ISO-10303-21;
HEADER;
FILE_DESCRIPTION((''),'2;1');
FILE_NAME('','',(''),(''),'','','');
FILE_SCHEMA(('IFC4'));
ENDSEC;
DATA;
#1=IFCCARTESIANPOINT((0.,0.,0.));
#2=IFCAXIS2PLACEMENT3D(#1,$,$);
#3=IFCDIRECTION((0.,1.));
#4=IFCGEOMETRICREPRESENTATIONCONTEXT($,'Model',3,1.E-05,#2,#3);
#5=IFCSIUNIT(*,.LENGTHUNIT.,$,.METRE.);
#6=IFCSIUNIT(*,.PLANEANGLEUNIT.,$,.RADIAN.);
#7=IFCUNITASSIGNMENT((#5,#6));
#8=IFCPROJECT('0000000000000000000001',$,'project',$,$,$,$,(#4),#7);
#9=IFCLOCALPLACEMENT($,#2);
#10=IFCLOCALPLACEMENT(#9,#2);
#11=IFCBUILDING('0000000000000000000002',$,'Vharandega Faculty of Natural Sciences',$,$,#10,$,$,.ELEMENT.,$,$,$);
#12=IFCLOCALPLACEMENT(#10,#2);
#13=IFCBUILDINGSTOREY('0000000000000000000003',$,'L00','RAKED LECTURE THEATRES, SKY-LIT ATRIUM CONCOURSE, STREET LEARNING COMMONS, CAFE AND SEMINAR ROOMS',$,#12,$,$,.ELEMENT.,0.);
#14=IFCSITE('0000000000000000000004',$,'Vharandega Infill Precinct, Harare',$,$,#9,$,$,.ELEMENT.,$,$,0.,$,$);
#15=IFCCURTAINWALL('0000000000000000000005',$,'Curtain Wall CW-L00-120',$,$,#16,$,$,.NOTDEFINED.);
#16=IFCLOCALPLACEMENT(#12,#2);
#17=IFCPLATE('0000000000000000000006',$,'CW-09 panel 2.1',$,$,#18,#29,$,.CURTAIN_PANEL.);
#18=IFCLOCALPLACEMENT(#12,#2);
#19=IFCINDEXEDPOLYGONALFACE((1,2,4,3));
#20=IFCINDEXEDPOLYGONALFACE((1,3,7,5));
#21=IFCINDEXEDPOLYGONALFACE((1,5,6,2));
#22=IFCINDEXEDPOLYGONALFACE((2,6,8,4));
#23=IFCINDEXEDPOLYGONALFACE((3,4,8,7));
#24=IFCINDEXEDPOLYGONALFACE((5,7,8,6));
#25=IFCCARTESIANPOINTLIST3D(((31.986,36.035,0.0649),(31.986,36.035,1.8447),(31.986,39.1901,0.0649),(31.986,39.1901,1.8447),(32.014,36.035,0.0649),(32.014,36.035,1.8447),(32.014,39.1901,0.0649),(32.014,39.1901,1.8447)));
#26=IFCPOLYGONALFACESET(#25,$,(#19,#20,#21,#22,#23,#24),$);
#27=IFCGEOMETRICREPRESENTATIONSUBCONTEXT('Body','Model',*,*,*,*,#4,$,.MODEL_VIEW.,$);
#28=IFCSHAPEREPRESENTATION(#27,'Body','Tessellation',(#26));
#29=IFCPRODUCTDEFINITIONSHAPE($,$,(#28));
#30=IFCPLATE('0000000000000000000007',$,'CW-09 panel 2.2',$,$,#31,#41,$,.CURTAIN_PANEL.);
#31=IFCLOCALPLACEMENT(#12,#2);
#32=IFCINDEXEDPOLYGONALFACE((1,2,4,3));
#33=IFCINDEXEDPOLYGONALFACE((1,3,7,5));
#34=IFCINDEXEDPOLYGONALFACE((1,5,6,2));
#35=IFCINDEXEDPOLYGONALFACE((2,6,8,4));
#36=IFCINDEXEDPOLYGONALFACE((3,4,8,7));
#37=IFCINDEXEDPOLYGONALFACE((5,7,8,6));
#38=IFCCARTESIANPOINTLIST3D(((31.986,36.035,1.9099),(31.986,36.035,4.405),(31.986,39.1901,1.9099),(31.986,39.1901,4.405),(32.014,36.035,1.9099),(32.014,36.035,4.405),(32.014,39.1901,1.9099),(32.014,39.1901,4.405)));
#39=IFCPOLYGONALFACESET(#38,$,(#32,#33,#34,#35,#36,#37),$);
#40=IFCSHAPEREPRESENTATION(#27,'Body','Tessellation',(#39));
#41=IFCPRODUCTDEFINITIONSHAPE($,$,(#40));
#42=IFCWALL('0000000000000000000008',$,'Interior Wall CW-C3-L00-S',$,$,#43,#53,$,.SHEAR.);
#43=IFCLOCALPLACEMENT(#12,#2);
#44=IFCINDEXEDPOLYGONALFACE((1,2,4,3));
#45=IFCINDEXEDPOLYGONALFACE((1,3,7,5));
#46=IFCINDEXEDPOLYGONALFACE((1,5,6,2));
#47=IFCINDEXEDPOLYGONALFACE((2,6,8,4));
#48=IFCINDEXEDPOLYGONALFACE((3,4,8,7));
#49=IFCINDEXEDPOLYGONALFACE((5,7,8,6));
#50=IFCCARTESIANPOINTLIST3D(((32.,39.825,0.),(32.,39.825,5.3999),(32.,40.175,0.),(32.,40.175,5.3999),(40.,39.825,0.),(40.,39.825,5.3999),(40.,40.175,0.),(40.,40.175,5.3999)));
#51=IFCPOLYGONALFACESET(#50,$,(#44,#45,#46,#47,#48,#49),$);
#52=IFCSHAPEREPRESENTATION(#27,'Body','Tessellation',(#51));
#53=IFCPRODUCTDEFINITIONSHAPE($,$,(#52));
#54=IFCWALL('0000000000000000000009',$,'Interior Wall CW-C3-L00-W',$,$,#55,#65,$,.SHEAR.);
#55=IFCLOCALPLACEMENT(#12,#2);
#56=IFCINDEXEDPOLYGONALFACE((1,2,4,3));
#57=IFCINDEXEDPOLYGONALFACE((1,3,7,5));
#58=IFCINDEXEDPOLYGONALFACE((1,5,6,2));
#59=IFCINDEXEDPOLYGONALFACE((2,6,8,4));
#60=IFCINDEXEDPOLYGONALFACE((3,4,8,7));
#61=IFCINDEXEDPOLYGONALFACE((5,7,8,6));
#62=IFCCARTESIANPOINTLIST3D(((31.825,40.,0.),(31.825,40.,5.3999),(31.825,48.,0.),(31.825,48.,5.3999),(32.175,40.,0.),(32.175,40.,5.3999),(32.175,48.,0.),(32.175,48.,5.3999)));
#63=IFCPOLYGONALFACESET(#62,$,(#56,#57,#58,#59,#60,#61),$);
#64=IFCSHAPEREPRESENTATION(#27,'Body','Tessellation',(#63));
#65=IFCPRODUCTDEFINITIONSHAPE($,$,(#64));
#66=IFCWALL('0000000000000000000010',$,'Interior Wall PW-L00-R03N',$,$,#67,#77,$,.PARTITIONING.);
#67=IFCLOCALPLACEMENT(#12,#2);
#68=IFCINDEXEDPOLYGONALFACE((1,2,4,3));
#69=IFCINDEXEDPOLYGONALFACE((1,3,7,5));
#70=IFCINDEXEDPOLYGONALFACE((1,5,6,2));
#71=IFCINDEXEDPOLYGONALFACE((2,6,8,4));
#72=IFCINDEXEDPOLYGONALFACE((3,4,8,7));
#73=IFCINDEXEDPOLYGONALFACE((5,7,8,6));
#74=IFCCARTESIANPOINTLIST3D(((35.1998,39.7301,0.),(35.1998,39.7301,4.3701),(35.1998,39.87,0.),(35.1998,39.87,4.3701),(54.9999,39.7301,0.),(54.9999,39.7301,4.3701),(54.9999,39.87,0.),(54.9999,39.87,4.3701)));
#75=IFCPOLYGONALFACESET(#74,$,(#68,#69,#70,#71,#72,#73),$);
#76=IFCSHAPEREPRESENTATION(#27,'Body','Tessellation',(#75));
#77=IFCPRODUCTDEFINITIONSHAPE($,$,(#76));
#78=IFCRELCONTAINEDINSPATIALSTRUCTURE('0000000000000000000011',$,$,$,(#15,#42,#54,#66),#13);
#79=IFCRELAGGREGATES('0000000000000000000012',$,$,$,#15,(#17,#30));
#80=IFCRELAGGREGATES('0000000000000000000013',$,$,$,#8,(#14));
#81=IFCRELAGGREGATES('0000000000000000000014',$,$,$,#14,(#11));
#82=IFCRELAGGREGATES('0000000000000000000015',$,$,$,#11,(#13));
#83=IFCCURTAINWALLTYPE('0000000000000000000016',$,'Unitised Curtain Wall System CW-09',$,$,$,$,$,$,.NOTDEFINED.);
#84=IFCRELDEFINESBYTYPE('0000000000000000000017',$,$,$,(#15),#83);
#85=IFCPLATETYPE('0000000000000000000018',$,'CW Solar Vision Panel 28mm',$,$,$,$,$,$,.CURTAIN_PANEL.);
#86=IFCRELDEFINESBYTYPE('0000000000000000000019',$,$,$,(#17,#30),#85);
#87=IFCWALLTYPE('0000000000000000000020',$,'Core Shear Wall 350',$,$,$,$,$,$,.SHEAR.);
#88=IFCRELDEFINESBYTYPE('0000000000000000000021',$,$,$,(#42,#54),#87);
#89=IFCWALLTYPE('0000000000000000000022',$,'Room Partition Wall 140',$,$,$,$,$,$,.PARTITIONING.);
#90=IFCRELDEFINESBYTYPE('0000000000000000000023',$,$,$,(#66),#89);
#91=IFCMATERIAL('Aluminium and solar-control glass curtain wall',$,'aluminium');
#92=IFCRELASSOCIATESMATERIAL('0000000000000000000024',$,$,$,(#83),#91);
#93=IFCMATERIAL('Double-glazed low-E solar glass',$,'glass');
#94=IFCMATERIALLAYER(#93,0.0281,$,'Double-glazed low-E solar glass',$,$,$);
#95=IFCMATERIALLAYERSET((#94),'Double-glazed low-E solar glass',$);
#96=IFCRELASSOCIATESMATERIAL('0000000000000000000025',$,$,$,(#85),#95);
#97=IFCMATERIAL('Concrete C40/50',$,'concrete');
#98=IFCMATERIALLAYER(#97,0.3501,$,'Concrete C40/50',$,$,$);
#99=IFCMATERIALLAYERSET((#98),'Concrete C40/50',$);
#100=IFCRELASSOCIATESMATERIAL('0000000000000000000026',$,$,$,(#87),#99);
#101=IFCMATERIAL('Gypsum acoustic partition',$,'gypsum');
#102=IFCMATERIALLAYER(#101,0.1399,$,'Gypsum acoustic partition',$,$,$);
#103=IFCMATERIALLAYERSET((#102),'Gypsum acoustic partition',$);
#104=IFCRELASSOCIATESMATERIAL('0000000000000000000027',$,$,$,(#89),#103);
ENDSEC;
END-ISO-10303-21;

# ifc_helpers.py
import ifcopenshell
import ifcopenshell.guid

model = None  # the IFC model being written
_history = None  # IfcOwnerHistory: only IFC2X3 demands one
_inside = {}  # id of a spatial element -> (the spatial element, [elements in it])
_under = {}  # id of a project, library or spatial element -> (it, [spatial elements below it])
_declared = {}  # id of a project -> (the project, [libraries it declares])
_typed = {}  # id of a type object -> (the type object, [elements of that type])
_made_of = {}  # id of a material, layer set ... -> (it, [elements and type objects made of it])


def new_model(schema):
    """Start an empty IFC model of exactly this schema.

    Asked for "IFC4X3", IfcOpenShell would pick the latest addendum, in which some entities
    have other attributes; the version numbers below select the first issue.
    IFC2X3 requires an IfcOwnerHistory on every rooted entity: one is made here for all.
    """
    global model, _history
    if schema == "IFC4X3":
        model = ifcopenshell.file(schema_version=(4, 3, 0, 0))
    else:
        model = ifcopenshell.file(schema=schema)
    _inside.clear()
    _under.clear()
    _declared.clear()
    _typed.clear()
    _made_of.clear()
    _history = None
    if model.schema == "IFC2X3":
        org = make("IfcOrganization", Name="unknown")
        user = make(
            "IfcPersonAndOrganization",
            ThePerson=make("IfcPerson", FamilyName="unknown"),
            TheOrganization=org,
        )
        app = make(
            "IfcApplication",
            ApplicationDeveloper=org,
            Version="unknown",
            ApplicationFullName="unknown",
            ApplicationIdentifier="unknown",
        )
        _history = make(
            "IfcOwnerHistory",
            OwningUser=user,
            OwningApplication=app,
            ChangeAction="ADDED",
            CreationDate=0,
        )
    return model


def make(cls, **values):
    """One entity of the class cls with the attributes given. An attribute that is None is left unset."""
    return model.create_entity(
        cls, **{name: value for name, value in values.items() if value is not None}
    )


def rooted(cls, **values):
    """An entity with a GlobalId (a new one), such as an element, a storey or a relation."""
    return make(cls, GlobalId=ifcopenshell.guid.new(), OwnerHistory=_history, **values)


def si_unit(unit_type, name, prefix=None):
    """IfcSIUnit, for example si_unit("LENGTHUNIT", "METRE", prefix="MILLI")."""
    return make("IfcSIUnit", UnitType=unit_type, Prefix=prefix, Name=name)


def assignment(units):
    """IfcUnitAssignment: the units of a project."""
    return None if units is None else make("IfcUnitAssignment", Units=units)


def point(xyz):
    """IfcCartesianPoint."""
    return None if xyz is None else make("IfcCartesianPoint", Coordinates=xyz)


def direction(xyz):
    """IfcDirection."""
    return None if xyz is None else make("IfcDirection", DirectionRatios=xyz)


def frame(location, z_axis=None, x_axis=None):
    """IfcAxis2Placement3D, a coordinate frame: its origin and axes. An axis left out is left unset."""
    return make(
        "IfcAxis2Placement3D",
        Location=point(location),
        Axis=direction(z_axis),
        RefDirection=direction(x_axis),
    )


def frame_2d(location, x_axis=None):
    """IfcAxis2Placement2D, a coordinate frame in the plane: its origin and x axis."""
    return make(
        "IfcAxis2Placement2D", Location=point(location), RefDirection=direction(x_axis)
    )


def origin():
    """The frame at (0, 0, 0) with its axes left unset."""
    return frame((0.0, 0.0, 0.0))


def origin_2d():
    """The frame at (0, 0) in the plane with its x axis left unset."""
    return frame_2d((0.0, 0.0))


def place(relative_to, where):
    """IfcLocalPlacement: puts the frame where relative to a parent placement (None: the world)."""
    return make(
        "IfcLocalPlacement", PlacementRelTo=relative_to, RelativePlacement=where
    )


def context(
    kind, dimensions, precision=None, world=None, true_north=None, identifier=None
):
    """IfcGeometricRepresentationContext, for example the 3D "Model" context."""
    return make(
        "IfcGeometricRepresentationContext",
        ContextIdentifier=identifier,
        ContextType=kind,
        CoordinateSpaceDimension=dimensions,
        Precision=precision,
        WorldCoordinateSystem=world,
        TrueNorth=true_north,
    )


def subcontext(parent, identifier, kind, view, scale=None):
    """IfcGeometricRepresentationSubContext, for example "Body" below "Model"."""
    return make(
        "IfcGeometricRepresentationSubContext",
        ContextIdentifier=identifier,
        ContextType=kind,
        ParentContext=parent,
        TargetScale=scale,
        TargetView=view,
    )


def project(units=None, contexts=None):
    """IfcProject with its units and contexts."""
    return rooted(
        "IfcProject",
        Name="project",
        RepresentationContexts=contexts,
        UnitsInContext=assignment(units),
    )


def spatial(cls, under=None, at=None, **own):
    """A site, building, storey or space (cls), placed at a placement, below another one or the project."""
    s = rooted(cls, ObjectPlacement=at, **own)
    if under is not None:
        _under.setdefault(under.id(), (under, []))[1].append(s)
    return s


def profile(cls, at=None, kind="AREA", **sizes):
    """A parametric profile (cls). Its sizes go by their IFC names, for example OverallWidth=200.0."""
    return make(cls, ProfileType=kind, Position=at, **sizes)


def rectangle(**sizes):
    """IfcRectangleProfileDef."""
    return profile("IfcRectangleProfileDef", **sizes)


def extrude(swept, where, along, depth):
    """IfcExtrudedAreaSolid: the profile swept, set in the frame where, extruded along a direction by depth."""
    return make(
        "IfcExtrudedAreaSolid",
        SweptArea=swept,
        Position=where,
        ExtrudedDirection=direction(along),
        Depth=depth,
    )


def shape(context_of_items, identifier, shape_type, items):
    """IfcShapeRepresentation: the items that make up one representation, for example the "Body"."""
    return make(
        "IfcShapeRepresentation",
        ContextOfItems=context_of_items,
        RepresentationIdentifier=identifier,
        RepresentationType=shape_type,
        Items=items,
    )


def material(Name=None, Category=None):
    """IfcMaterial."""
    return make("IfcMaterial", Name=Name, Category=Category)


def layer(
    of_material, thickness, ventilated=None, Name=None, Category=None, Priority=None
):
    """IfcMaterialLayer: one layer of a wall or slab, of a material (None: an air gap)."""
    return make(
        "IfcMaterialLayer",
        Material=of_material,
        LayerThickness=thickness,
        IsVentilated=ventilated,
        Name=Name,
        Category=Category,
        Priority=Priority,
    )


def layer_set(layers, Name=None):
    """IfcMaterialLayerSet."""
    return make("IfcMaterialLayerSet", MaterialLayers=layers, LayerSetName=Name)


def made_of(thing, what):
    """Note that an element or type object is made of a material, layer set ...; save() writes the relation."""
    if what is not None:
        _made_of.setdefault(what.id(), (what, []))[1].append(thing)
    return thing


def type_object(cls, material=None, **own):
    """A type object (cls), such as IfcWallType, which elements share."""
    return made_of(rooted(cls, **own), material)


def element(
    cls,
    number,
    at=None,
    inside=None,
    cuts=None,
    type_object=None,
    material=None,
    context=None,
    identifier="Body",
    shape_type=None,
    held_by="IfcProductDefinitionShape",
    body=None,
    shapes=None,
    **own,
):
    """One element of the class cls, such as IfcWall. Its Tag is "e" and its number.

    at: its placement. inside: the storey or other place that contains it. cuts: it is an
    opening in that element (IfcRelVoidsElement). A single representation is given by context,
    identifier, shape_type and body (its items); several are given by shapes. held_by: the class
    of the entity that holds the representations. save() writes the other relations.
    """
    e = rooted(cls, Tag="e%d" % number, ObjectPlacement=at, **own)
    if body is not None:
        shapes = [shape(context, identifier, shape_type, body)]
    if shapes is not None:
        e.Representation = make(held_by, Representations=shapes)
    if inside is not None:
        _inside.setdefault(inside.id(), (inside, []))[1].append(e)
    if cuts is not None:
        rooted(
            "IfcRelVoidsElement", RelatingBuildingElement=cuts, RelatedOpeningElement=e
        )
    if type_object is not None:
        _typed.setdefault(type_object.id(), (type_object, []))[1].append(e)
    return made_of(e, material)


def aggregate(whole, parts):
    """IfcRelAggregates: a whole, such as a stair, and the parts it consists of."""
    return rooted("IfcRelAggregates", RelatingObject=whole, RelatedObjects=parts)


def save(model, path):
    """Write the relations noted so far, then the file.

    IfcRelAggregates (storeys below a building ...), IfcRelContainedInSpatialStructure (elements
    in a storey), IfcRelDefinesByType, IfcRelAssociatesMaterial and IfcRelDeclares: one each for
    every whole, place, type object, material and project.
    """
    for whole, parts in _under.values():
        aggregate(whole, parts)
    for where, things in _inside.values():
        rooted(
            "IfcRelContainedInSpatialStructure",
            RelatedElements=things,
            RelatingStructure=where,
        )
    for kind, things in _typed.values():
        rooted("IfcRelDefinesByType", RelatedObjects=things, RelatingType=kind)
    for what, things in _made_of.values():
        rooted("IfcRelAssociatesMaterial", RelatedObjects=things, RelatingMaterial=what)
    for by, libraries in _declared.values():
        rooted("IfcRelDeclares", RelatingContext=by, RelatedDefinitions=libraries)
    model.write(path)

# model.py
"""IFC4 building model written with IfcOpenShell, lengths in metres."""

from ifc_helpers import new_model, si_unit, direction, frame, frame_2d, origin, origin_2d, place, context, subcontext, project, spatial, rectangle, extrude, material, layer, layer_set, type_object, element, aggregate, save


model = new_model("IFC4")

# Units and contexts
model_context = context("Model", 3, precision=1e-05, world=origin(), true_north=direction((0.0, 1.0)))
body_context = subcontext(model_context, "Body", "Model", "MODEL_VIEW")
ifc_project = project(units=[si_unit("LENGTHUNIT", "METRE"), si_unit("PLANEANGLEUNIT", "RADIAN")], contexts=[model_context])

# Site, building, storey
site_placement = place(None, origin())
site = spatial("IfcSite", under=ifc_project, at=site_placement, Name="Vharandega Infill Precinct, Harare", CompositionType="ELEMENT", RefElevation=0.0)
building_placement = place(site_placement, origin())
building = spatial("IfcBuilding", under=site, at=building_placement, Name="Vharandega Faculty of Natural Sciences", CompositionType="ELEMENT")
storey_placement = place(building_placement, origin())
storey = spatial("IfcBuildingStorey", under=building, at=storey_placement, Name="L00", Description="RAKED LECTURE THEATRES, SKY-LIT ATRIUM CONCOURSE, STREET LEARNING COMMONS, CAFE AND SEMINAR ROOMS", CompositionType="ELEMENT", Elevation=0.0)

# Curtain wall
ifc_material_1 = material(Name="Aluminium and solar-control glass curtain wall", Category="aluminium")
curtain_wall_type = type_object("IfcCurtainWallType", Name="Unitised Curtain Wall System CW-09", PredefinedType="NOTDEFINED", material=ifc_material_1)
curtain_wall_placement = place(storey_placement, origin())
curtain_wall = element("IfcCurtainWall", 1, at=curtain_wall_placement, inside=storey, type_object=curtain_wall_type, Name="Curtain Wall CW-L00-120", PredefinedType="NOTDEFINED")

# Plates
ifc_material_2 = material(Name="Double-glazed low-E solar glass", Category="glass")
ifc_layer_1 = layer(ifc_material_2, 0.0281, Name="Double-glazed low-E solar glass")
ifc_layer_set_1 = layer_set([ifc_layer_1], Name="Double-glazed low-E solar glass")
plate_type = type_object("IfcPlateType", Name="CW Solar Vision Panel 28mm", PredefinedType="CURTAIN_PANEL", material=ifc_layer_set_1)
plate_1_placement = place(storey_placement, frame((32.0, 37.6125, 0.0649), z_axis=(0.0, 0.0, 1.0), x_axis=(0.0, 1.0, 0.0)))
plate_1 = element("IfcPlate", 2, at=plate_1_placement, type_object=plate_type, Name="CW-09 panel 2.1", PredefinedType="CURTAIN_PANEL", context=body_context, shape_type="SweptSolid", body=[
    extrude(rectangle(XDim=3.155, YDim=0.0281, at=origin_2d()), origin(), (0.0, 0.0, 1.0), 1.7798),
])
plate_2_placement = place(storey_placement, frame((32.0, 37.6125, 1.9099), z_axis=(0.0, 0.0, 1.0), x_axis=(0.0, 1.0, 0.0)))
plate_2 = element("IfcPlate", 3, at=plate_2_placement, type_object=plate_type, Name="CW-09 panel 2.2", PredefinedType="CURTAIN_PANEL", context=body_context, shape_type="SweptSolid", body=[
    extrude(rectangle(XDim=3.155, YDim=0.0281, at=origin_2d()), origin(), (0.0, 0.0, 1.0), 2.4951),
])
aggregate(curtain_wall, [plate_1, plate_2])

# Walls
ifc_material_3 = material(Name="Concrete C40/50", Category="concrete")
ifc_layer_2 = layer(ifc_material_3, 0.3501, Name="Concrete C40/50")
ifc_layer_set_2 = layer_set([ifc_layer_2], Name="Concrete C40/50")
wall_type_1 = type_object("IfcWallType", Name="Core Shear Wall 350", PredefinedType="SHEAR", material=ifc_layer_set_2)
for number, where, z_axis, x_axis, name in (
    (4, (32.0, 40.0, 0.0), (0.0, 0.0, 1.0), (1.0, 0.0, 0.0), "Interior Wall CW-C3-L00-S"),
    (5, (32.0, 40.0, 0.0), (0.0, 0.0, 1.0), (0.0, 1.0, 0.0), "Interior Wall CW-C3-L00-W"),
):
    element("IfcWall", number, at=place(storey_placement, frame(where, z_axis=z_axis, x_axis=x_axis)), inside=storey, type_object=wall_type_1, Name=name, PredefinedType="SHEAR", context=body_context, shape_type="SweptSolid", body=[
        extrude(rectangle(XDim=8.0, YDim=0.3501, at=frame_2d((4.0, 0.0))), origin(), (0.0, 0.0, 1.0), 5.3999),
    ])
ifc_material_4 = material(Name="Gypsum acoustic partition", Category="gypsum")
ifc_layer_3 = layer(ifc_material_4, 0.1399, Name="Gypsum acoustic partition")
ifc_layer_set_3 = layer_set([ifc_layer_3], Name="Gypsum acoustic partition")
wall_type_2 = type_object("IfcWallType", Name="Room Partition Wall 140", PredefinedType="PARTITIONING", material=ifc_layer_set_3)
wall_placement = place(storey_placement, frame((35.2, 39.8, 0.0), z_axis=(0.0, 0.0, 1.0), x_axis=(1.0, 0.0, 0.0)))
element("IfcWall", 6, at=wall_placement, inside=storey, type_object=wall_type_2, Name="Interior Wall PW-L00-R03N", PredefinedType="PARTITIONING", context=body_context, shape_type="SweptSolid", body=[
    extrude(rectangle(XDim=19.8, YDim=0.1399, at=frame_2d((9.8999, 0.0))), origin(), (0.0, 0.0, 1.0), 4.3701),
])

save(model, "model.ifc")
